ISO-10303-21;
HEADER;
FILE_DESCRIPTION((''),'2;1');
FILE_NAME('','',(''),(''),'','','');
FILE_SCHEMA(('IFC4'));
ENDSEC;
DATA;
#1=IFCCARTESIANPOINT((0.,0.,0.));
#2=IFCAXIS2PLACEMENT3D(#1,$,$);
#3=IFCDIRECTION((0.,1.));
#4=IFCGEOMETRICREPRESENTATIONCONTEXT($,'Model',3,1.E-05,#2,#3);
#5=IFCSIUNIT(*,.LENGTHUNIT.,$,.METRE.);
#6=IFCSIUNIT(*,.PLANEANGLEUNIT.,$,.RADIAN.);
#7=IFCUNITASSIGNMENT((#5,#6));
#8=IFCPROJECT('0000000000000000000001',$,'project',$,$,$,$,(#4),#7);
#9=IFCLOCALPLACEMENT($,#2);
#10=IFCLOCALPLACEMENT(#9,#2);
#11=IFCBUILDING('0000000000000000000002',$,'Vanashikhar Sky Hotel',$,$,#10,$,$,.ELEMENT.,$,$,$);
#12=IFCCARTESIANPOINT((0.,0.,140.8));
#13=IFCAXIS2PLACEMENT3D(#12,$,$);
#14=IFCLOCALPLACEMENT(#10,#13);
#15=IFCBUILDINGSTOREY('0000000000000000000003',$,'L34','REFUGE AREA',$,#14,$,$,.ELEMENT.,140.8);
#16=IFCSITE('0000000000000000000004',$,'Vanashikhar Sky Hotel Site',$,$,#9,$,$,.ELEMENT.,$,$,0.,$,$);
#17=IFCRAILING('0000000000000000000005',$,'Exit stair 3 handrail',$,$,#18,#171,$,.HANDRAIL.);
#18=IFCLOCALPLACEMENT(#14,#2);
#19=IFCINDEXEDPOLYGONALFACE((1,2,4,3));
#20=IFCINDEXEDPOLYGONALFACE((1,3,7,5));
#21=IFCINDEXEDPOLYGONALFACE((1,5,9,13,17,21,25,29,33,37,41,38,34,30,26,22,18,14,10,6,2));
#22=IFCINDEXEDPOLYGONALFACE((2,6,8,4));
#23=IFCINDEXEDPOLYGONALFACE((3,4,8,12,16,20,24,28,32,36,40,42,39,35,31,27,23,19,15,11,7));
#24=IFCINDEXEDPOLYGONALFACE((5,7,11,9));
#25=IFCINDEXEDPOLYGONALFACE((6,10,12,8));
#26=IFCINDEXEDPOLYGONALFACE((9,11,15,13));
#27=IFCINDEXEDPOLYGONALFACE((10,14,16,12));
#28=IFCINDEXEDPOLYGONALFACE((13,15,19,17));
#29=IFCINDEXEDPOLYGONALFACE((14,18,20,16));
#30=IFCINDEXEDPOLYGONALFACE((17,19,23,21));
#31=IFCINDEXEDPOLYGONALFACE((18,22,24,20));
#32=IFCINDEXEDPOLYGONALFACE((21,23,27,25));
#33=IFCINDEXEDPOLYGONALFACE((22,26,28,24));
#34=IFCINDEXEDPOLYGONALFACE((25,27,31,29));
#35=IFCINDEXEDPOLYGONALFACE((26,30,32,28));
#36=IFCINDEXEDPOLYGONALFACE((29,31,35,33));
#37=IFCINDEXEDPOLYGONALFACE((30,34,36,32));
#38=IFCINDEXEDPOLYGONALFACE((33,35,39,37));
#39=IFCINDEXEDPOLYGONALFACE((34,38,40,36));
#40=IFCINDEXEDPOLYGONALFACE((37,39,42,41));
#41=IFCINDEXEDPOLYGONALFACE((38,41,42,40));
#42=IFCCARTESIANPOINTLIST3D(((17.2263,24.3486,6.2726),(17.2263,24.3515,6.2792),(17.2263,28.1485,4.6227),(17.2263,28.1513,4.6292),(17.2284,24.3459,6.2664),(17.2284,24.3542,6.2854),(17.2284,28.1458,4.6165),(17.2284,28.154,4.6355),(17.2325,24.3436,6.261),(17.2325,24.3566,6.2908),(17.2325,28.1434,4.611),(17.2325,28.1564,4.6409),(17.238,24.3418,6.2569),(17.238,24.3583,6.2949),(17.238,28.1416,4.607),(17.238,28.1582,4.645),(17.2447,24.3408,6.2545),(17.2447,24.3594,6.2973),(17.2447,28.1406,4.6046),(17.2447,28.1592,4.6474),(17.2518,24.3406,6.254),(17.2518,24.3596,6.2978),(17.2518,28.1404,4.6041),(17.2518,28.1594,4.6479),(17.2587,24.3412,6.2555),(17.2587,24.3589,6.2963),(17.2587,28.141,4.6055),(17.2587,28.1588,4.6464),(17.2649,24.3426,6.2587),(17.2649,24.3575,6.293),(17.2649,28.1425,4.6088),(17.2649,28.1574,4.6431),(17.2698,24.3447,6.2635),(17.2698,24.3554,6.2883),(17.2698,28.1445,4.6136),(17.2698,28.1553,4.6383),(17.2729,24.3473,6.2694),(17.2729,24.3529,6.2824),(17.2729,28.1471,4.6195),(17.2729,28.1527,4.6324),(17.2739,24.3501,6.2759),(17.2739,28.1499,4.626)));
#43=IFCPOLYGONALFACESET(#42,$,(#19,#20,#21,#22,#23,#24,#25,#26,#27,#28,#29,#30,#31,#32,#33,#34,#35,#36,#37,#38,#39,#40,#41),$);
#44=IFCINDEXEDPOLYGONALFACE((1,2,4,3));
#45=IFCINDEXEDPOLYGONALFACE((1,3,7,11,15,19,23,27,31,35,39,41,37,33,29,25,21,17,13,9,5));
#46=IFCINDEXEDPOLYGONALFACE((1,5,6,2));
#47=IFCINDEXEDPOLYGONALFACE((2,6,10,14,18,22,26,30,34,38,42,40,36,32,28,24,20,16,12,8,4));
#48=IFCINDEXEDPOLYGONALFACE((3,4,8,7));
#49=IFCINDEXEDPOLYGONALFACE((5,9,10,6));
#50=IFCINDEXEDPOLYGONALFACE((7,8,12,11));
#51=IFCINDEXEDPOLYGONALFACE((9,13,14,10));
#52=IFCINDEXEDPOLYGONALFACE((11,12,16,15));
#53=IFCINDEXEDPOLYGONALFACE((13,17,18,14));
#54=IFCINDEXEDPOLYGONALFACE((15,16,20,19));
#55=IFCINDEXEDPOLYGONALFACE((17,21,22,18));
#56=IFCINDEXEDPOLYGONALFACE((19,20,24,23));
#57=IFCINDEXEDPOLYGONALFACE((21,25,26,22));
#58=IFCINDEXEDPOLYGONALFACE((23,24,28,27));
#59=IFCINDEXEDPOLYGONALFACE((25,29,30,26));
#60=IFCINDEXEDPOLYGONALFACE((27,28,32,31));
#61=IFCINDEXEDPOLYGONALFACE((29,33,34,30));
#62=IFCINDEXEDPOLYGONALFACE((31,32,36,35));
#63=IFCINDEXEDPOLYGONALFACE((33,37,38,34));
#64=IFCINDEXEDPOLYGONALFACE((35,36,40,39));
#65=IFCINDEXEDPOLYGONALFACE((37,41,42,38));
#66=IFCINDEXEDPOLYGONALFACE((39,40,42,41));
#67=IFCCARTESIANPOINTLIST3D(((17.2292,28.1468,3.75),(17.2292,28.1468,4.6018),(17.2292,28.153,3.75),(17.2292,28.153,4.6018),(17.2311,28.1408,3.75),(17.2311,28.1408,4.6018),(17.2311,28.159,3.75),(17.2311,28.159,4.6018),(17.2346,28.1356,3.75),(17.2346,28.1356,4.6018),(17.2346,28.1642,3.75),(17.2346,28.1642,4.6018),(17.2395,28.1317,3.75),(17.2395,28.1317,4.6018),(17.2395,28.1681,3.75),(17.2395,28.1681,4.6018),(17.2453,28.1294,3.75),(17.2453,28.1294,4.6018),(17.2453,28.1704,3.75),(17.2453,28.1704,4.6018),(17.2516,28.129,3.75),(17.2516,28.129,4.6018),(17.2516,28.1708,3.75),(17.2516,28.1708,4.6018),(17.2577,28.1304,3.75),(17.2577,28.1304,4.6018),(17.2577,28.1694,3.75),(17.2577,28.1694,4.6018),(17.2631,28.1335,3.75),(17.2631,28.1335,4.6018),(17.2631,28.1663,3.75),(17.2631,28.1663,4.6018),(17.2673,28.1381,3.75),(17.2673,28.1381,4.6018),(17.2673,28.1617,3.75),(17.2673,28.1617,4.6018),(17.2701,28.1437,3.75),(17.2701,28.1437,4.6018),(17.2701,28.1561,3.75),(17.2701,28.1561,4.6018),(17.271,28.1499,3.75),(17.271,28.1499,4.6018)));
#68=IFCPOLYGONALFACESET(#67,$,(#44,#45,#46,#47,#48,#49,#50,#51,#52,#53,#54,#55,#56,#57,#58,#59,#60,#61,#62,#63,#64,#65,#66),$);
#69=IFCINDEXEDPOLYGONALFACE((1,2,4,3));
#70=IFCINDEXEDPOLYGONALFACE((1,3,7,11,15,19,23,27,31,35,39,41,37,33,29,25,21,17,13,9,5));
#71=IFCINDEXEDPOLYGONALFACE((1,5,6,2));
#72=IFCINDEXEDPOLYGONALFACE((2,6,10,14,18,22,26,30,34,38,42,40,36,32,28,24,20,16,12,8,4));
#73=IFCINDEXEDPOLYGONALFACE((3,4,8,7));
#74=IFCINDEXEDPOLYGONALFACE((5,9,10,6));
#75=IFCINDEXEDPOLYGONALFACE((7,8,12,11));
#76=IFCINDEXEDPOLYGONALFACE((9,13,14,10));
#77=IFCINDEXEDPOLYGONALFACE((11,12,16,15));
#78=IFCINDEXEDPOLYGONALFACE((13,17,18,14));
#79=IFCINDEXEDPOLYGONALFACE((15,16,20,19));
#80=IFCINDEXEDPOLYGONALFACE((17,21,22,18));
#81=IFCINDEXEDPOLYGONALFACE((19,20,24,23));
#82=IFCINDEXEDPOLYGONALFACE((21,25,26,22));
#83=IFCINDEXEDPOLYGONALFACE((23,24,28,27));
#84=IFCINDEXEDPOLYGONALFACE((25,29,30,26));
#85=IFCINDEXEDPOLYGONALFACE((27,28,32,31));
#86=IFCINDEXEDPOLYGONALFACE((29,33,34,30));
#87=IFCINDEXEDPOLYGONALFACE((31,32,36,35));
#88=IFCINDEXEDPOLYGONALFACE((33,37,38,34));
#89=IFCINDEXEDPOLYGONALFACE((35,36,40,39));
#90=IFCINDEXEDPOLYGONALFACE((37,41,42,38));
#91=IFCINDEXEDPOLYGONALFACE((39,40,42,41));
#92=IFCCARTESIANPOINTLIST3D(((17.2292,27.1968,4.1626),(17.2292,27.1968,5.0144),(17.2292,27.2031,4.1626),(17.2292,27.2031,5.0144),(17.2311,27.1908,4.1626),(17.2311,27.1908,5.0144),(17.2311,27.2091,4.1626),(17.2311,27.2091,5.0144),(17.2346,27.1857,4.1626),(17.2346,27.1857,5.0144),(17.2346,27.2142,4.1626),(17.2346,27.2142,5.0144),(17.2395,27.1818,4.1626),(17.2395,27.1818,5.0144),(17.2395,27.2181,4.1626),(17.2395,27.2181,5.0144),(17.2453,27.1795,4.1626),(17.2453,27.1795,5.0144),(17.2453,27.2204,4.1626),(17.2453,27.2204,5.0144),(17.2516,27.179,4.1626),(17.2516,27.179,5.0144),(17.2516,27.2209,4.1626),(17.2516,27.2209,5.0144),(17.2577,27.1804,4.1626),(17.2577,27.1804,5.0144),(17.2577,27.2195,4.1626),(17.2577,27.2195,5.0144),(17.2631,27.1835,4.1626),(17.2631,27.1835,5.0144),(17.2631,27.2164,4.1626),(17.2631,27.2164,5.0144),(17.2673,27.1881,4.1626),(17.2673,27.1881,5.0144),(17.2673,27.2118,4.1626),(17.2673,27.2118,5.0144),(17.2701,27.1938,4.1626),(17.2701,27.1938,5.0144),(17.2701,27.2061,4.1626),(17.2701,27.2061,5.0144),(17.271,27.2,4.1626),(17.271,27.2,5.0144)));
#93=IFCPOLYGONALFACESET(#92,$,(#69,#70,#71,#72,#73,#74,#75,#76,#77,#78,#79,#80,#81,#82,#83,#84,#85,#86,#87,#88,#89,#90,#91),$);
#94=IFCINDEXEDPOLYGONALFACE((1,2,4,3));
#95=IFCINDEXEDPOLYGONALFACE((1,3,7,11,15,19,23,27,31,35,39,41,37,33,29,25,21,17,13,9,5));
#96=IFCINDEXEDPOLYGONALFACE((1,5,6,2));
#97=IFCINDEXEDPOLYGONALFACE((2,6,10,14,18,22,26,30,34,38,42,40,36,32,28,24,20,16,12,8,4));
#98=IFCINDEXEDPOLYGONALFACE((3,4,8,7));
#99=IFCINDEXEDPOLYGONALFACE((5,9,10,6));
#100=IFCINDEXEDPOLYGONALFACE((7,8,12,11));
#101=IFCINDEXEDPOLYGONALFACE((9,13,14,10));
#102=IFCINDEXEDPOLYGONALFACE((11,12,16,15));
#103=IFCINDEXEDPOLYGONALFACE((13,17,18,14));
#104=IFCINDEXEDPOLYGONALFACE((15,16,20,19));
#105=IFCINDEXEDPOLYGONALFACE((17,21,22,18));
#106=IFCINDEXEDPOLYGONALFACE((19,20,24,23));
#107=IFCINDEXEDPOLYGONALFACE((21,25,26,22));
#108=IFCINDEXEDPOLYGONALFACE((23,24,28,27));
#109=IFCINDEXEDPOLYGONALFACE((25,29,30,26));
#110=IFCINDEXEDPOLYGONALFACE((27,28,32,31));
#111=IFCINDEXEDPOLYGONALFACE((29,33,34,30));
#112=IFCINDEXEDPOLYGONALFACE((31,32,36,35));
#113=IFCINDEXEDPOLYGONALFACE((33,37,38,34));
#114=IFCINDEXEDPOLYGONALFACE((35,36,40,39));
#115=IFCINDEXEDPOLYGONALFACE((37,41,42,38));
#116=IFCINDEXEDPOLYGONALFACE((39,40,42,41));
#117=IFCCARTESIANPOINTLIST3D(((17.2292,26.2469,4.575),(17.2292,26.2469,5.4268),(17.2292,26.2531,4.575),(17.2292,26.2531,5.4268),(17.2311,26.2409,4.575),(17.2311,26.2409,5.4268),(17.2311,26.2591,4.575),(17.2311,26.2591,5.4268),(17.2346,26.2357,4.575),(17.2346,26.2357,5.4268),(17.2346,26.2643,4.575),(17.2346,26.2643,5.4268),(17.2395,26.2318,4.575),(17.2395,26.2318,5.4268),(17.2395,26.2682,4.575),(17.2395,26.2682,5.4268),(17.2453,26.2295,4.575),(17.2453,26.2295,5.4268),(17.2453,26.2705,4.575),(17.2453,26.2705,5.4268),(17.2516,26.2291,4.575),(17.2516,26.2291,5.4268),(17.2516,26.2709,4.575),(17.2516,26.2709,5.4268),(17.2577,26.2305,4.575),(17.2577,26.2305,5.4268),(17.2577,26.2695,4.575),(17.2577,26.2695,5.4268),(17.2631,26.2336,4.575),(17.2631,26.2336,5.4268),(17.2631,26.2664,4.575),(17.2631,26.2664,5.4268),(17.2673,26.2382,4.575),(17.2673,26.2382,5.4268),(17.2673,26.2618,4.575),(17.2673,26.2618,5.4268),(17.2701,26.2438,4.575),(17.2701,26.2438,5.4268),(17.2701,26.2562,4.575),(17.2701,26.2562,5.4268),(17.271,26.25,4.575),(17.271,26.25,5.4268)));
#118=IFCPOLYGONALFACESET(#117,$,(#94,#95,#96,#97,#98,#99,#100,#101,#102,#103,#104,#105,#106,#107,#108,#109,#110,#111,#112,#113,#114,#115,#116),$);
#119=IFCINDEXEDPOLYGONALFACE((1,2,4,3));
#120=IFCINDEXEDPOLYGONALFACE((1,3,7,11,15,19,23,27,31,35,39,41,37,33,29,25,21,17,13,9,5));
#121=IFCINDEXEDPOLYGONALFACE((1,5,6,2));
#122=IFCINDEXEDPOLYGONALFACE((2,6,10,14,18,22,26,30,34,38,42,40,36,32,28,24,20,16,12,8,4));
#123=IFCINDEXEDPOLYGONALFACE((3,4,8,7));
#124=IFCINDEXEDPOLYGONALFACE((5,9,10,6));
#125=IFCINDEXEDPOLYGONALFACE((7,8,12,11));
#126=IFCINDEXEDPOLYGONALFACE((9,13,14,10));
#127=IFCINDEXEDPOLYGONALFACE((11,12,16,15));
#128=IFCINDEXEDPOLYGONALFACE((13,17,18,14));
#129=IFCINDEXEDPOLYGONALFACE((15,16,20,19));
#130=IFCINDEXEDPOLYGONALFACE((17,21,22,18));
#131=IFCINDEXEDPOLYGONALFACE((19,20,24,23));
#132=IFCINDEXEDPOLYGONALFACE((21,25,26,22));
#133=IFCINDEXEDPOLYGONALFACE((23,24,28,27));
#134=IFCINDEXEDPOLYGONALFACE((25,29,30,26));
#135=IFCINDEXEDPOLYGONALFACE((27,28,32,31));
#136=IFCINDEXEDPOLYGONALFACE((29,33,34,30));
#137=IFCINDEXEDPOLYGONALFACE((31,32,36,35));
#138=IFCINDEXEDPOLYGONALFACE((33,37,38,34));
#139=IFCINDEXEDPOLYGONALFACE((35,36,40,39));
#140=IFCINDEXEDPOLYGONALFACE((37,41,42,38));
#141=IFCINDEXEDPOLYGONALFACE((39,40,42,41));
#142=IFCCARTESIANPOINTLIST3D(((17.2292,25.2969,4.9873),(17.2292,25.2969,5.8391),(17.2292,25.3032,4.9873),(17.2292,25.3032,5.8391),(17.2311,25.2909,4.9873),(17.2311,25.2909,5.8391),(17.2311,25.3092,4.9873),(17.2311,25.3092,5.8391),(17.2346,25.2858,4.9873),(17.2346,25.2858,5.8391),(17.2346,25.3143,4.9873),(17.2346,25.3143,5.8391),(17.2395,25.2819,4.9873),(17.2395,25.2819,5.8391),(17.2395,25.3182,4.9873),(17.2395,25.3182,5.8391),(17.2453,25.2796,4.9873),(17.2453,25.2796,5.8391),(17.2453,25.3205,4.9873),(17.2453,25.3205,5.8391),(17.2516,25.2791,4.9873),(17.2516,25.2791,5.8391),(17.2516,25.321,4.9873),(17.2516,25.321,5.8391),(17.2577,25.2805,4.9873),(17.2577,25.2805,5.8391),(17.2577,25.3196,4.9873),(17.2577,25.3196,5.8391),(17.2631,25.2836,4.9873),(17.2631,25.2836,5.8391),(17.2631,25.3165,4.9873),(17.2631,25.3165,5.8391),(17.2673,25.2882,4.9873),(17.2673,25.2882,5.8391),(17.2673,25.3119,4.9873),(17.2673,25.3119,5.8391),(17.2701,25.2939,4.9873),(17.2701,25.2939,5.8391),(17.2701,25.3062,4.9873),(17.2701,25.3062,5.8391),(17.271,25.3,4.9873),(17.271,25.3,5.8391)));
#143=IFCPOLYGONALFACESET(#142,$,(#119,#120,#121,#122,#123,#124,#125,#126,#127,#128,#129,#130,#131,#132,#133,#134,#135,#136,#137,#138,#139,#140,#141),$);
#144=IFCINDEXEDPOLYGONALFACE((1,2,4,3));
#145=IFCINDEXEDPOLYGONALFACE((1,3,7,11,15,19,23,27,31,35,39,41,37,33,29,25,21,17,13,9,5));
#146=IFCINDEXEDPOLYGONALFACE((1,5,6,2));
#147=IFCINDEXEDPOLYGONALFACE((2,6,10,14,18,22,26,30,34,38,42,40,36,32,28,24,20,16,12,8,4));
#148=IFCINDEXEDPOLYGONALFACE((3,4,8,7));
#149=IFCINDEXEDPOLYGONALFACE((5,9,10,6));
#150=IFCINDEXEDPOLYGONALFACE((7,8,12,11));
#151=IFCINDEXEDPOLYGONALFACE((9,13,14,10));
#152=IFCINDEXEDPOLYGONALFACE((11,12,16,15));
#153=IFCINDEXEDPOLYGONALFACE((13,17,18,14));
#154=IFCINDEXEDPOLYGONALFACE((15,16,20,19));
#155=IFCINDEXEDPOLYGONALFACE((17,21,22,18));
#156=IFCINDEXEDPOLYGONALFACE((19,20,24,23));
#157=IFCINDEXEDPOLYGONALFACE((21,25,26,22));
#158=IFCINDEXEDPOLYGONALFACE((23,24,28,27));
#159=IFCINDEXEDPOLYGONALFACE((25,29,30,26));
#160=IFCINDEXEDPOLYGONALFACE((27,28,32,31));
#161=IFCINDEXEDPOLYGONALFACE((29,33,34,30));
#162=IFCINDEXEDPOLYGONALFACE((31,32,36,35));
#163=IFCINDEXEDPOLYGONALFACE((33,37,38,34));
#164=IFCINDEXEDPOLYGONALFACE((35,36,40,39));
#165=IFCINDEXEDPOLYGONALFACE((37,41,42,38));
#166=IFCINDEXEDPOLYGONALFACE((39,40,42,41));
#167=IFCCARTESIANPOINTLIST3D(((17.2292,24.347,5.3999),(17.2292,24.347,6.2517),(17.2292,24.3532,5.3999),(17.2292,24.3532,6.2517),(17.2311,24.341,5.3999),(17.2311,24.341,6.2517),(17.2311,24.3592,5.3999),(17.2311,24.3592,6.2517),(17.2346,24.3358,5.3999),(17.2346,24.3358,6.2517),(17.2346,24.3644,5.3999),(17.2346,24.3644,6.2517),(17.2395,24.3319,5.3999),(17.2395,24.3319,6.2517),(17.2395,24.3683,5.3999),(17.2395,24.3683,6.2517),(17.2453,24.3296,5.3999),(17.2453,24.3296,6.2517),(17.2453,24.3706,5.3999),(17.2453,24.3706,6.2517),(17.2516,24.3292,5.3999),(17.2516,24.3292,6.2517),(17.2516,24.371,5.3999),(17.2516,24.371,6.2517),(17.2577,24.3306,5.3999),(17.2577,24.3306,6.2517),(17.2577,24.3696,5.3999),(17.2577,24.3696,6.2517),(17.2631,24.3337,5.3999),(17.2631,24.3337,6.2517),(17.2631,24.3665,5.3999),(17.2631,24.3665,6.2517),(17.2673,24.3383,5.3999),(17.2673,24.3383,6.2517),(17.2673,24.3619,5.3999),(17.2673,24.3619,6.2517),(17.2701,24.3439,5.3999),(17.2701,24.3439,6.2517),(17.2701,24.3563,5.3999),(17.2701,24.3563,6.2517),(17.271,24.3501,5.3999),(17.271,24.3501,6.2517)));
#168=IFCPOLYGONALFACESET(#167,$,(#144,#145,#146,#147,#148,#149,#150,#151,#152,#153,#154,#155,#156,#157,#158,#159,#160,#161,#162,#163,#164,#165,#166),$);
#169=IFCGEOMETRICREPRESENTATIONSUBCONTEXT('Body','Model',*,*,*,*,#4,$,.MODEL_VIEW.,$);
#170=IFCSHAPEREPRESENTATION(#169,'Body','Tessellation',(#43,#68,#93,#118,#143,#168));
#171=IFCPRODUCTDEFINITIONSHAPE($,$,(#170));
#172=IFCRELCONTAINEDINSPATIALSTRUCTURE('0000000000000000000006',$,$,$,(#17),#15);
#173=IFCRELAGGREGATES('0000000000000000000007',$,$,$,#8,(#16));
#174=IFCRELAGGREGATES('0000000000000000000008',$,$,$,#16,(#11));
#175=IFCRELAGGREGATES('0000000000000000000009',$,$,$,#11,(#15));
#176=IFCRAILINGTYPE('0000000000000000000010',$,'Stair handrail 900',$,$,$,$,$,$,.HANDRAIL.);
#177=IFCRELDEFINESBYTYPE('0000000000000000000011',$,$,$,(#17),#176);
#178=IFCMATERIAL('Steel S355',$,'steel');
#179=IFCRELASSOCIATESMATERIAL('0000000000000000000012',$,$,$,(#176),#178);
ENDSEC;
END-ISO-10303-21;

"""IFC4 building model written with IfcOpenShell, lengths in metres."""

from ifc_helpers import new_model, si_unit, direction, frame, origin, origin_2d, place, context, subcontext, project, spatial, circle, extrude, source, transform, mapped, material, type_object, element, save


model = new_model("IFC4")

# Units and contexts
model_context = context("Model", 3, precision=1e-05, world=origin(), true_north=direction((0.0, 1.0)))
body_context = subcontext(model_context, "Body", "Model", "MODEL_VIEW")
ifc_project = project(units=[si_unit("LENGTHUNIT", "METRE"), si_unit("PLANEANGLEUNIT", "RADIAN")], contexts=[model_context])

# Site, building, storey
site_placement = place(None, origin())
site = spatial("IfcSite", under=ifc_project, at=site_placement, Name="Vanashikhar Sky Hotel Site", CompositionType="ELEMENT", RefElevation=0.0)
building_placement = place(site_placement, origin())
building = spatial("IfcBuilding", under=site, at=building_placement, Name="Vanashikhar Sky Hotel", CompositionType="ELEMENT")
storey_placement = place(building_placement, frame((0.0, 0.0, 140.8)))
storey = spatial("IfcBuildingStorey", under=building, at=storey_placement, Name="L34", Description="REFUGE AREA", CompositionType="ELEMENT", Elevation=140.8)

# Shared definitions
ifc_material_1 = material(Name="Steel S355", Category="steel")

# Railing
railing_type_1 = type_object("IfcRailingType", Name="Stair handrail 900", PredefinedType="HANDRAIL", material=ifc_material_1)
shared_shape_1 = source(origin(), body_context, "Body", "SweptSolid", [
    extrude(circle(Radius=0.0239, at=origin_2d()), frame((0.0, 0.0, 0.876), z_axis=(0.0, -0.917263, 0.398282), x_axis=(1.0, 0.0, 0.0)), (0.0, 0.0, 1.0), 4.1426),
    extrude(circle(Radius=0.021, at=origin_2d()), origin(), (0.0, 0.0, 1.0), 0.8518),
    extrude(circle(Radius=0.021, at=origin_2d()), frame((0.0, -0.95, 0.4126)), (0.0, 0.0, 1.0), 0.8518),
    extrude(circle(Radius=0.021, at=origin_2d()), frame((0.0, -1.8999, 0.825)), (0.0, 0.0, 1.0), 0.8518),
    extrude(circle(Radius=0.021, at=origin_2d()), frame((0.0, -2.8499, 1.2373)), (0.0, 0.0, 1.0), 0.8518),
    extrude(circle(Radius=0.021, at=origin_2d()), frame((0.0, -3.7998, 1.6499)), (0.0, 0.0, 1.0), 0.8518),
])
railing_1_placement = place(storey_placement, frame((17.25, 28.1499, 3.75)))
element("IfcRailing", 1, at=railing_1_placement, inside=storey, type_object=railing_type_1, Name="Exit stair 3 handrail", PredefinedType="HANDRAIL", context=body_context, shape_type="MappedRepresentation", body=[
    mapped(shared_shape_1, transform((0.0, 0.0, 0.0), scale=1.0)),
])

save(model, "model.ifc")
